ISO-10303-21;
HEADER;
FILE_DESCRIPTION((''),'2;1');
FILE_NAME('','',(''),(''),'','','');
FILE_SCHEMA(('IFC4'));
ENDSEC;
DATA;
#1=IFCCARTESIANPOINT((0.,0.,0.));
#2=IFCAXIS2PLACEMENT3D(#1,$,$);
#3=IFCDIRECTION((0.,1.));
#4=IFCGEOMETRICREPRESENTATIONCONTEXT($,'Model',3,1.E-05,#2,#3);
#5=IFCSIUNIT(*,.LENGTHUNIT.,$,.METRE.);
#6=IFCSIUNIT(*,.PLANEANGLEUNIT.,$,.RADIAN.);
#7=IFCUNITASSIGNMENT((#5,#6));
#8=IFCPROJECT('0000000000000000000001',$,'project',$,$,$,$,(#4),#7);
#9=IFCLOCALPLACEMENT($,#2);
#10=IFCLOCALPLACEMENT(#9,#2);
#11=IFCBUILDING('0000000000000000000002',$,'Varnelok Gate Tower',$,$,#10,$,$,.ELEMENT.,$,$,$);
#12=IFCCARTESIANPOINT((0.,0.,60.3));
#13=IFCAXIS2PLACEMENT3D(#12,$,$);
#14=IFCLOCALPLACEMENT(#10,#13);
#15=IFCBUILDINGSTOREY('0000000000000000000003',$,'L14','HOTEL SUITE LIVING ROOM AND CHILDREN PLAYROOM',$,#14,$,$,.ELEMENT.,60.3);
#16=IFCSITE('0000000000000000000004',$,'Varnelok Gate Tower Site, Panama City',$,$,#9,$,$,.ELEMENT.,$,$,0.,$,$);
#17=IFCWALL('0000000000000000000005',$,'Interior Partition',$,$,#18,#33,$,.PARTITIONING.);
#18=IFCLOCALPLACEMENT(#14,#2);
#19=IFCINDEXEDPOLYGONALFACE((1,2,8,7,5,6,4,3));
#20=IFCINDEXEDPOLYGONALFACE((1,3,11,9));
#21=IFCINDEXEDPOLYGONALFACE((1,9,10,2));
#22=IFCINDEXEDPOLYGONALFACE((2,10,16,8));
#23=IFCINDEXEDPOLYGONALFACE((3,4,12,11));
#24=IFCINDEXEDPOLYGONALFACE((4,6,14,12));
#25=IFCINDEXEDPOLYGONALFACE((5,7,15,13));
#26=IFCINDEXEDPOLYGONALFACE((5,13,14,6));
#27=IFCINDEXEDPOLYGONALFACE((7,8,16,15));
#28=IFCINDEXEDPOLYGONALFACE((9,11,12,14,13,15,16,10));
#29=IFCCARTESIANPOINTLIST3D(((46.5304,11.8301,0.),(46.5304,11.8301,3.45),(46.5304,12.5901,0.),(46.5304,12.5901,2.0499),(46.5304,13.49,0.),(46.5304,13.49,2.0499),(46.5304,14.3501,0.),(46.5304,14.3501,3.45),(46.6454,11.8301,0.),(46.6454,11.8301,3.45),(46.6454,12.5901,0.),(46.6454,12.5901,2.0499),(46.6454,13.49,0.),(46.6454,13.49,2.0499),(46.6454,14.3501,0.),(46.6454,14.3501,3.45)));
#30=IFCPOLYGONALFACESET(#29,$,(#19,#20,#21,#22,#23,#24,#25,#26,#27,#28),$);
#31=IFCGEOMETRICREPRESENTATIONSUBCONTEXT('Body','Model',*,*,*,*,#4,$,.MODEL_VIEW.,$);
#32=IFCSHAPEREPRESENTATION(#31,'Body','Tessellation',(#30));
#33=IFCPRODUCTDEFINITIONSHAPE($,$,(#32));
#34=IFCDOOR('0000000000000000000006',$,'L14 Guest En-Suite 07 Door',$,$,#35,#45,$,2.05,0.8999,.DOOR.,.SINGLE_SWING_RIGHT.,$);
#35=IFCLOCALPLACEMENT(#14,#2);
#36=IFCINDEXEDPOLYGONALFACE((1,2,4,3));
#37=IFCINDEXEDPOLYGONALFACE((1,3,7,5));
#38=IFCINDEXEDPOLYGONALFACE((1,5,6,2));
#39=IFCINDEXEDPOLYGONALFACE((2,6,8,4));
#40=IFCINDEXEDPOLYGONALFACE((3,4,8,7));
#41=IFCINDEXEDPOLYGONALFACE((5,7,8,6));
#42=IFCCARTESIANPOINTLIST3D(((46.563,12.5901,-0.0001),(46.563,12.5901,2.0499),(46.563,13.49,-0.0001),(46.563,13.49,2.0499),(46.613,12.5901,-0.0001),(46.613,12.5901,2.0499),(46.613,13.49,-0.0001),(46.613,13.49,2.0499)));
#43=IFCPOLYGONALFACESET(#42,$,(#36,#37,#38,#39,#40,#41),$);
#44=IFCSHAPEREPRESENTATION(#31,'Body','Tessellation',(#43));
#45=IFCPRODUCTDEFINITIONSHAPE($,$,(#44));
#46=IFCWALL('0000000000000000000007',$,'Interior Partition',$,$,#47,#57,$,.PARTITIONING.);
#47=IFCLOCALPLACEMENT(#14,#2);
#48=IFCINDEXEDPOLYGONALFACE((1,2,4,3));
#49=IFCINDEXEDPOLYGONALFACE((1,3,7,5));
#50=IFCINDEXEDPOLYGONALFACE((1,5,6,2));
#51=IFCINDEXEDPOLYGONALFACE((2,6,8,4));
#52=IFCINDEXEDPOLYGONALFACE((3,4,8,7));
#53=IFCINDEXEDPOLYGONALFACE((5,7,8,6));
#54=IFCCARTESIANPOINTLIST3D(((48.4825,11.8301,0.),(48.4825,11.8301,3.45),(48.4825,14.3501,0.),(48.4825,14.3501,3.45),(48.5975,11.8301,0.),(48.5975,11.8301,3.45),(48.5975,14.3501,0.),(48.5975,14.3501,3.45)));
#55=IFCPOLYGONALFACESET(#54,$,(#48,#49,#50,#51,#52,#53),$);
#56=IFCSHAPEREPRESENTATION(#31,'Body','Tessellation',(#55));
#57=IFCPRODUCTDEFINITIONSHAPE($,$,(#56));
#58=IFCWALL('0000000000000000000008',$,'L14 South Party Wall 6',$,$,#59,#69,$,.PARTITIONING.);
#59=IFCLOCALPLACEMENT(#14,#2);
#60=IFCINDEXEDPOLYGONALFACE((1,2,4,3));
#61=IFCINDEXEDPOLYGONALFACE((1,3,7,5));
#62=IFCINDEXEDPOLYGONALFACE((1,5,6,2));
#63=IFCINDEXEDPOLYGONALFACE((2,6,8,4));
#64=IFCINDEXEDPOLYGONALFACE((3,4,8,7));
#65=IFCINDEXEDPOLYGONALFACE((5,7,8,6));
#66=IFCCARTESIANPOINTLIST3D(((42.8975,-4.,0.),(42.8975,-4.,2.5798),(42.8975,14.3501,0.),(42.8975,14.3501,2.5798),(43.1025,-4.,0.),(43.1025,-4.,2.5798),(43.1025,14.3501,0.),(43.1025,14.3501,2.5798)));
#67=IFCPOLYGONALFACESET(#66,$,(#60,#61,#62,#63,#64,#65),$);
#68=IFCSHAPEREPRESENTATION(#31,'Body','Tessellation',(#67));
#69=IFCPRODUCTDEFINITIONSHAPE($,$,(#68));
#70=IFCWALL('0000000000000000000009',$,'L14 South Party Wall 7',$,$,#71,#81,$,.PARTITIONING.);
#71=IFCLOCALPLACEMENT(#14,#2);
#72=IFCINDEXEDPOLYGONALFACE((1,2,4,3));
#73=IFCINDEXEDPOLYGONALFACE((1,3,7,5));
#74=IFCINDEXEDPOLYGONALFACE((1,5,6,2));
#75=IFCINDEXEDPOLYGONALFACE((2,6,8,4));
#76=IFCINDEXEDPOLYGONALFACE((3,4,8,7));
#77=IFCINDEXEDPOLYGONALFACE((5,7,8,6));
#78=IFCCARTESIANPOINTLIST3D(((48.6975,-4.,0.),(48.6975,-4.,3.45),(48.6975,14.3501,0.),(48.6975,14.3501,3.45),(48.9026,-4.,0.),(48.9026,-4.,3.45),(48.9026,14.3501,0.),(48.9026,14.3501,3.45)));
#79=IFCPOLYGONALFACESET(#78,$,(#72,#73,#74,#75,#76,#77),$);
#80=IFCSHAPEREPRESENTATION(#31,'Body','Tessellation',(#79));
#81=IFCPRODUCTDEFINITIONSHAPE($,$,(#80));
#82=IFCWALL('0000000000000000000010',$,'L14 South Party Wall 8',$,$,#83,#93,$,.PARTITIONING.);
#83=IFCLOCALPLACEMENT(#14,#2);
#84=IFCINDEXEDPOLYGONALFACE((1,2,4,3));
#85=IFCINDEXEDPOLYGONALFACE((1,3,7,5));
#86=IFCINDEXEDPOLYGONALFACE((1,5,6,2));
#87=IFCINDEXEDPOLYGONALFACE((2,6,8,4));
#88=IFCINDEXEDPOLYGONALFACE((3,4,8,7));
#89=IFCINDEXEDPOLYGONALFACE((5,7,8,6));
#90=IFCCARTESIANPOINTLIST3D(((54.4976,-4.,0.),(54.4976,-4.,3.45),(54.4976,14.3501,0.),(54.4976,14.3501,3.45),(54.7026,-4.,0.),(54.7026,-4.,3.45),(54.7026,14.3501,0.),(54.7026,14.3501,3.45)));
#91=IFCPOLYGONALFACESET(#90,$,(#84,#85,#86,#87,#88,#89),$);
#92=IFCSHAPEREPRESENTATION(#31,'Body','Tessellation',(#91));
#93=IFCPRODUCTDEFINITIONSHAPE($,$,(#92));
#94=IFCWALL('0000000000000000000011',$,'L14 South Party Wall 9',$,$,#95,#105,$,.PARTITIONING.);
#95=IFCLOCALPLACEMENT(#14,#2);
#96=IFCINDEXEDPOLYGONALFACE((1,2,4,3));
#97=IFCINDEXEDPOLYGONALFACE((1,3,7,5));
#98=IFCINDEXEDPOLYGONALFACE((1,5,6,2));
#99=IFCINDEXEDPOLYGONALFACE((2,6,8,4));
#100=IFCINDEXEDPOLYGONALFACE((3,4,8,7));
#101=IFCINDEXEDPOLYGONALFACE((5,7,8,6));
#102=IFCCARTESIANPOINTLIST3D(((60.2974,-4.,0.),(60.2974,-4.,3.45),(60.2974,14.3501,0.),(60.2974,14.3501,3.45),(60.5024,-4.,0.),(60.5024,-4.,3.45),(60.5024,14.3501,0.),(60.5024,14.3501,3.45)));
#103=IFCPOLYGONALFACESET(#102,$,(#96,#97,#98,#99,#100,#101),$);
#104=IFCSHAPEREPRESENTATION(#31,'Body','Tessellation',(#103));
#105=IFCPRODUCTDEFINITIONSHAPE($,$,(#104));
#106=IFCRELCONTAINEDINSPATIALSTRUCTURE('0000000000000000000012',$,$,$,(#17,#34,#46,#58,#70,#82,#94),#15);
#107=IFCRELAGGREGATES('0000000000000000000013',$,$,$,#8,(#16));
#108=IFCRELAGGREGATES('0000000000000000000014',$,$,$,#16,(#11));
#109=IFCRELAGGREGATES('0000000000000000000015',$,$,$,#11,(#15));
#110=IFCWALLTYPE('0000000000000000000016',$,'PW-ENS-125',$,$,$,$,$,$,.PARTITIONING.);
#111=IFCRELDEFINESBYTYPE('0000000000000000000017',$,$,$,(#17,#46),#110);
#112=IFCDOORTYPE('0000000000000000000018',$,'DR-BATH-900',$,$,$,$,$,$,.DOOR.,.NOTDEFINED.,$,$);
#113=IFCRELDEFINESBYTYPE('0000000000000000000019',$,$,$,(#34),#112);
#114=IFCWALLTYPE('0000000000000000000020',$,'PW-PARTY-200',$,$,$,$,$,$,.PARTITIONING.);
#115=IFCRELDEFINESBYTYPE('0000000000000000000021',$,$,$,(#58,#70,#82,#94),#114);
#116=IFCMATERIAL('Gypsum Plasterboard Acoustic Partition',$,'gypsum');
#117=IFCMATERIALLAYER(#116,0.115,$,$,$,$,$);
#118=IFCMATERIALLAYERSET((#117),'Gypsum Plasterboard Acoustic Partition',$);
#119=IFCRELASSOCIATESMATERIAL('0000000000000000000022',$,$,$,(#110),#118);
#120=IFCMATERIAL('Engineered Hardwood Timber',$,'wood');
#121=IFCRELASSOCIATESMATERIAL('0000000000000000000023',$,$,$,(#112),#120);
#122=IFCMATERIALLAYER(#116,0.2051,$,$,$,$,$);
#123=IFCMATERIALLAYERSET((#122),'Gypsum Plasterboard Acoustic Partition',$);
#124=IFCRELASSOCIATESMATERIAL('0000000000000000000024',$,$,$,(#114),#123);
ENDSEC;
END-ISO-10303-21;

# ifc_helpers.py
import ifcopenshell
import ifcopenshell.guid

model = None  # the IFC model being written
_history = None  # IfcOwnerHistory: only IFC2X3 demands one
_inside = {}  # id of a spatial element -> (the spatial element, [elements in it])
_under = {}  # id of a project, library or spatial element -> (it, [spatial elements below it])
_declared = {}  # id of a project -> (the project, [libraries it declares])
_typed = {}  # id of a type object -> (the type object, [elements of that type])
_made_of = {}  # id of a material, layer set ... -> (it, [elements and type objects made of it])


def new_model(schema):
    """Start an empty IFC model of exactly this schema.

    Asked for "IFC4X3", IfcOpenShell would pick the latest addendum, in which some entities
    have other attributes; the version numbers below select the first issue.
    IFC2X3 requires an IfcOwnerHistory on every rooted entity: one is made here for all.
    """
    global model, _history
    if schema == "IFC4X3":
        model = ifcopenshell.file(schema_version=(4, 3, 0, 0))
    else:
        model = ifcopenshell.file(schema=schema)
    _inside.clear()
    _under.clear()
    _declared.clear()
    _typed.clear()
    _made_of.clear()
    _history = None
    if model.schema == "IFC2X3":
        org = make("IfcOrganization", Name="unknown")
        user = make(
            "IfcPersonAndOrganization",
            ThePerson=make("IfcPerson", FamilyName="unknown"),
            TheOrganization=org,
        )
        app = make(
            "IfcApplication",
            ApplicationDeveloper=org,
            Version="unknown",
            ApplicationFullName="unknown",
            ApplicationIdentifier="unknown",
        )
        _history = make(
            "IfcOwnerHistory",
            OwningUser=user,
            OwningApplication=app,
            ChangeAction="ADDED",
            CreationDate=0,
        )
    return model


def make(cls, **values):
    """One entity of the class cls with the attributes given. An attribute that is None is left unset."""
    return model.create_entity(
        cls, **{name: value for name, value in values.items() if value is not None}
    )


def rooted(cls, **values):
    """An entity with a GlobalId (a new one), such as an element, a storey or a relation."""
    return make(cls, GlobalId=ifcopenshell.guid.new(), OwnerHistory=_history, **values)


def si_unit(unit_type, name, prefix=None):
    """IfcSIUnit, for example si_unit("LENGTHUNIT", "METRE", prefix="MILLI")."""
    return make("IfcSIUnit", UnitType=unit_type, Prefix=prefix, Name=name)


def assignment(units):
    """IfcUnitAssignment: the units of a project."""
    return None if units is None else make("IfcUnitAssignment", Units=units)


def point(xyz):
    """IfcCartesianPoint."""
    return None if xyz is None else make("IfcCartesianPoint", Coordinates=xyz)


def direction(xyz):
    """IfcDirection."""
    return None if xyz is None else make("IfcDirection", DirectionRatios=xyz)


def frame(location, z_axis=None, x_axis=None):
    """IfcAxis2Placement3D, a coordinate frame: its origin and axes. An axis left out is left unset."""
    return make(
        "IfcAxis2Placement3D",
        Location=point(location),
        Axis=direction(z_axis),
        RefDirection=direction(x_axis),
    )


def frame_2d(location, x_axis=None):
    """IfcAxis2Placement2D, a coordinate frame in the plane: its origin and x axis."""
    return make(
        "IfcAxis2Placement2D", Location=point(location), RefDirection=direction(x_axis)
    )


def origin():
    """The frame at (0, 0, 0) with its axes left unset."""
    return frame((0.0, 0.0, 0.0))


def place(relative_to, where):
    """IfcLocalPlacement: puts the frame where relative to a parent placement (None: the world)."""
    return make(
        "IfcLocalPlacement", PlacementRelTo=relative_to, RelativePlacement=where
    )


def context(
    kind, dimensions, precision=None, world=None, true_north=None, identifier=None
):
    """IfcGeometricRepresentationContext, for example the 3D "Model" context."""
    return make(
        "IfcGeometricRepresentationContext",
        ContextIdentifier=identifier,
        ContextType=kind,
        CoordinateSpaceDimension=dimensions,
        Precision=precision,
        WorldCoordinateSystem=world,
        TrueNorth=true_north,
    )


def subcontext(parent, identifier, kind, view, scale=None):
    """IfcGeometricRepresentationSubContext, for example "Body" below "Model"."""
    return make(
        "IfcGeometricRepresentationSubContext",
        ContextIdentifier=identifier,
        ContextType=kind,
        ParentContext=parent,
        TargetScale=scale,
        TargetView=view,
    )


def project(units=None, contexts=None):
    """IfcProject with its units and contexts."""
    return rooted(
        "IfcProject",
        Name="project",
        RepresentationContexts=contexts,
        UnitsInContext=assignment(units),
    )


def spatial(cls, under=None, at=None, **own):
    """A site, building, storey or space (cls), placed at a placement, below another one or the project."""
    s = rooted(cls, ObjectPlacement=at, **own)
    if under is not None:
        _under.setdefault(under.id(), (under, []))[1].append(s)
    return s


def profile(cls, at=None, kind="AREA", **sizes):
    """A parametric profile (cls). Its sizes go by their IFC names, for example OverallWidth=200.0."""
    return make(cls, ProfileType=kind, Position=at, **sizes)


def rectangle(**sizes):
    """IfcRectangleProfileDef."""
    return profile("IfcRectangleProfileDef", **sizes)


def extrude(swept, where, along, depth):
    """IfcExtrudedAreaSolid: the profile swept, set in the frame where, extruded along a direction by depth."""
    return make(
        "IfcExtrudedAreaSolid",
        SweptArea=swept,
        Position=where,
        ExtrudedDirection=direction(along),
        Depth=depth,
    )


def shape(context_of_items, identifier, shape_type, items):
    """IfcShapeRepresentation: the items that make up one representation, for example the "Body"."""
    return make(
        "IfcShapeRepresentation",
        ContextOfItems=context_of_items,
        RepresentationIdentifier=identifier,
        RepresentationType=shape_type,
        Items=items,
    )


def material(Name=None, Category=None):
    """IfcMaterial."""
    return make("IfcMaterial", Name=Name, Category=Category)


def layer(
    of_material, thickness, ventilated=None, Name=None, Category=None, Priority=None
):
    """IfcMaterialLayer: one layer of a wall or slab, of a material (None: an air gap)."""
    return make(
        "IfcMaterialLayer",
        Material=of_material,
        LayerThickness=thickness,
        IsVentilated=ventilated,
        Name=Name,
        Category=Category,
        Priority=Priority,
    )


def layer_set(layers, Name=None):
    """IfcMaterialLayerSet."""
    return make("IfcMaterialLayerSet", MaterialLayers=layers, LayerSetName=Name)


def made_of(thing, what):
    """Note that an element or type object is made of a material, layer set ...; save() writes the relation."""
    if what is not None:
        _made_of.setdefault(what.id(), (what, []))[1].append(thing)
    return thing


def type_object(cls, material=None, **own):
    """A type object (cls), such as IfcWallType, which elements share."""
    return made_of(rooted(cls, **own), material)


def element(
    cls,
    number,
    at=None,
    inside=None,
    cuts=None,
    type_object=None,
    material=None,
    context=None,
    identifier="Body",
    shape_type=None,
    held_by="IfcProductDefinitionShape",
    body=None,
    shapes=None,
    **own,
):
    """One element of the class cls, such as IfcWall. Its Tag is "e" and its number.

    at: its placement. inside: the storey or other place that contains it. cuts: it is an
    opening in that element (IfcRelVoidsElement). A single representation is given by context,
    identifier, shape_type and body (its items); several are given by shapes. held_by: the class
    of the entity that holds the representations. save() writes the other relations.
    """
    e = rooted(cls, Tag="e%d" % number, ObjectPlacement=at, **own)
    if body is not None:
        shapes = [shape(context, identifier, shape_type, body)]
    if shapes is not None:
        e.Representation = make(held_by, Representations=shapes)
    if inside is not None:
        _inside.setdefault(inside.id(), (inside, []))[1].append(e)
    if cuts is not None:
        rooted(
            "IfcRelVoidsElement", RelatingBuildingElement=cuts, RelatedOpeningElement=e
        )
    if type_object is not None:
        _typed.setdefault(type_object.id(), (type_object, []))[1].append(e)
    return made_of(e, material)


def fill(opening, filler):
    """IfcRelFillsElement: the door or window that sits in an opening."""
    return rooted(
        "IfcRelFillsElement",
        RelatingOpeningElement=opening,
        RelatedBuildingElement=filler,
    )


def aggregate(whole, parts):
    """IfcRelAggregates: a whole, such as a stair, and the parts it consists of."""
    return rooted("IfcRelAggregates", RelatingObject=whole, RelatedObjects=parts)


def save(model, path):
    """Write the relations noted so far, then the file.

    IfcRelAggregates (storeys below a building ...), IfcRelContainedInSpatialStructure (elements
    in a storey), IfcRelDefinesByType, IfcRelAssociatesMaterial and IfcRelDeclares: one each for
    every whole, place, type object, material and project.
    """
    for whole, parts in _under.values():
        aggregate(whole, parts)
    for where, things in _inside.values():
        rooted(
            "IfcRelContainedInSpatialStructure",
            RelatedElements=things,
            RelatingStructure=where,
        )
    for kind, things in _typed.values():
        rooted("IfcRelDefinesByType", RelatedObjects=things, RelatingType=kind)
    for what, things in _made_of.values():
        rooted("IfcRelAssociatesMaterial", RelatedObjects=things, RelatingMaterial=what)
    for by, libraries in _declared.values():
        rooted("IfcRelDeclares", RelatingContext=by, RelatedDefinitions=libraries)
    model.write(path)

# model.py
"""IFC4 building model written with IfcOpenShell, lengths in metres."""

from ifc_helpers import new_model, si_unit, direction, frame, frame_2d, origin, place, context, subcontext, project, spatial, rectangle, extrude, material, layer, layer_set, type_object, element, fill, save


model = new_model("IFC4")

# Units and contexts
model_context = context("Model", 3, precision=1e-05, world=origin(), true_north=direction((0.0, 1.0)))
body_context = subcontext(model_context, "Body", "Model", "MODEL_VIEW")
ifc_project = project(units=[si_unit("LENGTHUNIT", "METRE"), si_unit("PLANEANGLEUNIT", "RADIAN")], contexts=[model_context])

# Site, building, storey
site_placement = place(None, origin())
site = spatial("IfcSite", under=ifc_project, at=site_placement, Name="Varnelok Gate Tower Site, Panama City", CompositionType="ELEMENT", RefElevation=0.0)
building_placement = place(site_placement, origin())
building = spatial("IfcBuilding", under=site, at=building_placement, Name="Varnelok Gate Tower", CompositionType="ELEMENT")
storey_placement = place(building_placement, frame((0.0, 0.0, 60.3)))
storey = spatial("IfcBuildingStorey", under=building, at=storey_placement, Name="L14", Description="HOTEL SUITE LIVING ROOM AND CHILDREN PLAYROOM", CompositionType="ELEMENT", Elevation=60.3)

# Shared definitions
ifc_material_1 = material(Name="Gypsum Plasterboard Acoustic Partition", Category="gypsum")
ifc_layer_1 = layer(ifc_material_1, 0.115)
ifc_layer_set_1 = layer_set([ifc_layer_1], Name="Gypsum Plasterboard Acoustic Partition")
wall_type_1 = type_object("IfcWallType", Name="PW-ENS-125", PredefinedType="PARTITIONING", material=ifc_layer_set_1)
ifc_material_2 = material(Name="Engineered Hardwood Timber", Category="wood")
door_type = type_object("IfcDoorType", Name="DR-BATH-900", OperationType="NOTDEFINED", PredefinedType="DOOR", material=ifc_material_2)

# Wall, opening, door
wall_1_placement = place(storey_placement, frame((46.5879, 11.8301, 0.0), z_axis=(0.0, 0.0, 1.0), x_axis=(0.0, 1.0, 0.0)))
wall_1 = element("IfcWall", 1, at=wall_1_placement, inside=storey, type_object=wall_type_1, Name="Interior Partition", PredefinedType="PARTITIONING", context=body_context, shape_type="SweptSolid", body=[
    extrude(rectangle(XDim=2.52, YDim=0.115, at=frame_2d((1.26, 0.0))), origin(), (0.0, 0.0, 1.0), 3.45),
])
opening_1_placement = place(wall_1_placement, frame((0.76, 0.0, 0.0)))
opening_1 = element("IfcOpeningElement", 2, at=opening_1_placement, cuts=wall_1, PredefinedType="OPENING", context=body_context, shape_type="SweptSolid", body=[
    extrude(rectangle(XDim=0.8999, YDim=2.05, at=frame_2d((0.45, 1.0249))), frame((0.0, 0.0674, 0.0), z_axis=(0.0, -1.0, 0.0), x_axis=(1.0, 0.0, 0.0)), (0.0, 0.0, 1.0), 0.135),
])
door_1_placement = place(opening_1_placement, origin())
door_1 = element("IfcDoor", 3, at=door_1_placement, inside=storey, type_object=door_type, Name="L14 Guest En-Suite 07 Door", OperationType="SINGLE_SWING_RIGHT", OverallHeight=2.05, OverallWidth=0.8999, PredefinedType="DOOR", context=body_context, shape_type="SweptSolid", body=[
    extrude(rectangle(XDim=0.8999, YDim=2.05, at=frame_2d((0.45, 1.0249))), frame((0.0, 0.0249, 0.0), z_axis=(0.0, -1.0, 0.0), x_axis=(1.0, 0.0, 0.0)), (0.0, 0.0, 1.0), 0.05),
])
fill(opening_1, door_1)

# Walls
wall_2_placement = place(storey_placement, frame((48.54, 11.8301, 0.0), z_axis=(0.0, 0.0, 1.0), x_axis=(0.0, 1.0, 0.0)))
element("IfcWall", 4, at=wall_2_placement, inside=storey, type_object=wall_type_1, Name="Interior Partition", PredefinedType="PARTITIONING", context=body_context, shape_type="SweptSolid", body=[
    extrude(rectangle(XDim=2.52, YDim=0.115, at=frame_2d((1.26, 0.0))), origin(), (0.0, 0.0, 1.0), 3.45),
])
ifc_layer_2 = layer(ifc_material_1, 0.2051)
ifc_layer_set_2 = layer_set([ifc_layer_2], Name="Gypsum Plasterboard Acoustic Partition")
wall_type_2 = type_object("IfcWallType", Name="PW-PARTY-200", PredefinedType="PARTITIONING", material=ifc_layer_set_2)
wall_3_placement = place(storey_placement, frame((43.0, -4.0, 0.0), z_axis=(0.0, 0.0, 1.0), x_axis=(0.0, 1.0, 0.0)))
element("IfcWall", 5, at=wall_3_placement, inside=storey, type_object=wall_type_2, Name="L14 South Party Wall 6", PredefinedType="PARTITIONING", context=body_context, shape_type="SweptSolid", body=[
    extrude(rectangle(XDim=18.3501, YDim=0.2051, at=frame_2d((9.175, 0.0))), origin(), (0.0, 0.0, 1.0), 2.5798),
])
for number, where, z_axis, x_axis, name in (
    (6, (48.8, -4.0, 0.0), (0.0, 0.0, 1.0), (0.0, 1.0, 0.0), "L14 South Party Wall 7"),
    (7, (54.6001, -4.0, 0.0), (0.0, 0.0, 1.0), (0.0, 1.0, 0.0), "L14 South Party Wall 8"),
    (8, (60.3999, -4.0, 0.0), (0.0, 0.0, 1.0), (0.0, 1.0, 0.0), "L14 South Party Wall 9"),
):
    element("IfcWall", number, at=place(storey_placement, frame(where, z_axis=z_axis, x_axis=x_axis)), inside=storey, type_object=wall_type_2, Name=name, PredefinedType="PARTITIONING", context=body_context, shape_type="SweptSolid", body=[
        extrude(rectangle(XDim=18.3501, YDim=0.2051, at=frame_2d((9.175, 0.0))), origin(), (0.0, 0.0, 1.0), 3.45),
    ])

save(model, "model.ifc")
